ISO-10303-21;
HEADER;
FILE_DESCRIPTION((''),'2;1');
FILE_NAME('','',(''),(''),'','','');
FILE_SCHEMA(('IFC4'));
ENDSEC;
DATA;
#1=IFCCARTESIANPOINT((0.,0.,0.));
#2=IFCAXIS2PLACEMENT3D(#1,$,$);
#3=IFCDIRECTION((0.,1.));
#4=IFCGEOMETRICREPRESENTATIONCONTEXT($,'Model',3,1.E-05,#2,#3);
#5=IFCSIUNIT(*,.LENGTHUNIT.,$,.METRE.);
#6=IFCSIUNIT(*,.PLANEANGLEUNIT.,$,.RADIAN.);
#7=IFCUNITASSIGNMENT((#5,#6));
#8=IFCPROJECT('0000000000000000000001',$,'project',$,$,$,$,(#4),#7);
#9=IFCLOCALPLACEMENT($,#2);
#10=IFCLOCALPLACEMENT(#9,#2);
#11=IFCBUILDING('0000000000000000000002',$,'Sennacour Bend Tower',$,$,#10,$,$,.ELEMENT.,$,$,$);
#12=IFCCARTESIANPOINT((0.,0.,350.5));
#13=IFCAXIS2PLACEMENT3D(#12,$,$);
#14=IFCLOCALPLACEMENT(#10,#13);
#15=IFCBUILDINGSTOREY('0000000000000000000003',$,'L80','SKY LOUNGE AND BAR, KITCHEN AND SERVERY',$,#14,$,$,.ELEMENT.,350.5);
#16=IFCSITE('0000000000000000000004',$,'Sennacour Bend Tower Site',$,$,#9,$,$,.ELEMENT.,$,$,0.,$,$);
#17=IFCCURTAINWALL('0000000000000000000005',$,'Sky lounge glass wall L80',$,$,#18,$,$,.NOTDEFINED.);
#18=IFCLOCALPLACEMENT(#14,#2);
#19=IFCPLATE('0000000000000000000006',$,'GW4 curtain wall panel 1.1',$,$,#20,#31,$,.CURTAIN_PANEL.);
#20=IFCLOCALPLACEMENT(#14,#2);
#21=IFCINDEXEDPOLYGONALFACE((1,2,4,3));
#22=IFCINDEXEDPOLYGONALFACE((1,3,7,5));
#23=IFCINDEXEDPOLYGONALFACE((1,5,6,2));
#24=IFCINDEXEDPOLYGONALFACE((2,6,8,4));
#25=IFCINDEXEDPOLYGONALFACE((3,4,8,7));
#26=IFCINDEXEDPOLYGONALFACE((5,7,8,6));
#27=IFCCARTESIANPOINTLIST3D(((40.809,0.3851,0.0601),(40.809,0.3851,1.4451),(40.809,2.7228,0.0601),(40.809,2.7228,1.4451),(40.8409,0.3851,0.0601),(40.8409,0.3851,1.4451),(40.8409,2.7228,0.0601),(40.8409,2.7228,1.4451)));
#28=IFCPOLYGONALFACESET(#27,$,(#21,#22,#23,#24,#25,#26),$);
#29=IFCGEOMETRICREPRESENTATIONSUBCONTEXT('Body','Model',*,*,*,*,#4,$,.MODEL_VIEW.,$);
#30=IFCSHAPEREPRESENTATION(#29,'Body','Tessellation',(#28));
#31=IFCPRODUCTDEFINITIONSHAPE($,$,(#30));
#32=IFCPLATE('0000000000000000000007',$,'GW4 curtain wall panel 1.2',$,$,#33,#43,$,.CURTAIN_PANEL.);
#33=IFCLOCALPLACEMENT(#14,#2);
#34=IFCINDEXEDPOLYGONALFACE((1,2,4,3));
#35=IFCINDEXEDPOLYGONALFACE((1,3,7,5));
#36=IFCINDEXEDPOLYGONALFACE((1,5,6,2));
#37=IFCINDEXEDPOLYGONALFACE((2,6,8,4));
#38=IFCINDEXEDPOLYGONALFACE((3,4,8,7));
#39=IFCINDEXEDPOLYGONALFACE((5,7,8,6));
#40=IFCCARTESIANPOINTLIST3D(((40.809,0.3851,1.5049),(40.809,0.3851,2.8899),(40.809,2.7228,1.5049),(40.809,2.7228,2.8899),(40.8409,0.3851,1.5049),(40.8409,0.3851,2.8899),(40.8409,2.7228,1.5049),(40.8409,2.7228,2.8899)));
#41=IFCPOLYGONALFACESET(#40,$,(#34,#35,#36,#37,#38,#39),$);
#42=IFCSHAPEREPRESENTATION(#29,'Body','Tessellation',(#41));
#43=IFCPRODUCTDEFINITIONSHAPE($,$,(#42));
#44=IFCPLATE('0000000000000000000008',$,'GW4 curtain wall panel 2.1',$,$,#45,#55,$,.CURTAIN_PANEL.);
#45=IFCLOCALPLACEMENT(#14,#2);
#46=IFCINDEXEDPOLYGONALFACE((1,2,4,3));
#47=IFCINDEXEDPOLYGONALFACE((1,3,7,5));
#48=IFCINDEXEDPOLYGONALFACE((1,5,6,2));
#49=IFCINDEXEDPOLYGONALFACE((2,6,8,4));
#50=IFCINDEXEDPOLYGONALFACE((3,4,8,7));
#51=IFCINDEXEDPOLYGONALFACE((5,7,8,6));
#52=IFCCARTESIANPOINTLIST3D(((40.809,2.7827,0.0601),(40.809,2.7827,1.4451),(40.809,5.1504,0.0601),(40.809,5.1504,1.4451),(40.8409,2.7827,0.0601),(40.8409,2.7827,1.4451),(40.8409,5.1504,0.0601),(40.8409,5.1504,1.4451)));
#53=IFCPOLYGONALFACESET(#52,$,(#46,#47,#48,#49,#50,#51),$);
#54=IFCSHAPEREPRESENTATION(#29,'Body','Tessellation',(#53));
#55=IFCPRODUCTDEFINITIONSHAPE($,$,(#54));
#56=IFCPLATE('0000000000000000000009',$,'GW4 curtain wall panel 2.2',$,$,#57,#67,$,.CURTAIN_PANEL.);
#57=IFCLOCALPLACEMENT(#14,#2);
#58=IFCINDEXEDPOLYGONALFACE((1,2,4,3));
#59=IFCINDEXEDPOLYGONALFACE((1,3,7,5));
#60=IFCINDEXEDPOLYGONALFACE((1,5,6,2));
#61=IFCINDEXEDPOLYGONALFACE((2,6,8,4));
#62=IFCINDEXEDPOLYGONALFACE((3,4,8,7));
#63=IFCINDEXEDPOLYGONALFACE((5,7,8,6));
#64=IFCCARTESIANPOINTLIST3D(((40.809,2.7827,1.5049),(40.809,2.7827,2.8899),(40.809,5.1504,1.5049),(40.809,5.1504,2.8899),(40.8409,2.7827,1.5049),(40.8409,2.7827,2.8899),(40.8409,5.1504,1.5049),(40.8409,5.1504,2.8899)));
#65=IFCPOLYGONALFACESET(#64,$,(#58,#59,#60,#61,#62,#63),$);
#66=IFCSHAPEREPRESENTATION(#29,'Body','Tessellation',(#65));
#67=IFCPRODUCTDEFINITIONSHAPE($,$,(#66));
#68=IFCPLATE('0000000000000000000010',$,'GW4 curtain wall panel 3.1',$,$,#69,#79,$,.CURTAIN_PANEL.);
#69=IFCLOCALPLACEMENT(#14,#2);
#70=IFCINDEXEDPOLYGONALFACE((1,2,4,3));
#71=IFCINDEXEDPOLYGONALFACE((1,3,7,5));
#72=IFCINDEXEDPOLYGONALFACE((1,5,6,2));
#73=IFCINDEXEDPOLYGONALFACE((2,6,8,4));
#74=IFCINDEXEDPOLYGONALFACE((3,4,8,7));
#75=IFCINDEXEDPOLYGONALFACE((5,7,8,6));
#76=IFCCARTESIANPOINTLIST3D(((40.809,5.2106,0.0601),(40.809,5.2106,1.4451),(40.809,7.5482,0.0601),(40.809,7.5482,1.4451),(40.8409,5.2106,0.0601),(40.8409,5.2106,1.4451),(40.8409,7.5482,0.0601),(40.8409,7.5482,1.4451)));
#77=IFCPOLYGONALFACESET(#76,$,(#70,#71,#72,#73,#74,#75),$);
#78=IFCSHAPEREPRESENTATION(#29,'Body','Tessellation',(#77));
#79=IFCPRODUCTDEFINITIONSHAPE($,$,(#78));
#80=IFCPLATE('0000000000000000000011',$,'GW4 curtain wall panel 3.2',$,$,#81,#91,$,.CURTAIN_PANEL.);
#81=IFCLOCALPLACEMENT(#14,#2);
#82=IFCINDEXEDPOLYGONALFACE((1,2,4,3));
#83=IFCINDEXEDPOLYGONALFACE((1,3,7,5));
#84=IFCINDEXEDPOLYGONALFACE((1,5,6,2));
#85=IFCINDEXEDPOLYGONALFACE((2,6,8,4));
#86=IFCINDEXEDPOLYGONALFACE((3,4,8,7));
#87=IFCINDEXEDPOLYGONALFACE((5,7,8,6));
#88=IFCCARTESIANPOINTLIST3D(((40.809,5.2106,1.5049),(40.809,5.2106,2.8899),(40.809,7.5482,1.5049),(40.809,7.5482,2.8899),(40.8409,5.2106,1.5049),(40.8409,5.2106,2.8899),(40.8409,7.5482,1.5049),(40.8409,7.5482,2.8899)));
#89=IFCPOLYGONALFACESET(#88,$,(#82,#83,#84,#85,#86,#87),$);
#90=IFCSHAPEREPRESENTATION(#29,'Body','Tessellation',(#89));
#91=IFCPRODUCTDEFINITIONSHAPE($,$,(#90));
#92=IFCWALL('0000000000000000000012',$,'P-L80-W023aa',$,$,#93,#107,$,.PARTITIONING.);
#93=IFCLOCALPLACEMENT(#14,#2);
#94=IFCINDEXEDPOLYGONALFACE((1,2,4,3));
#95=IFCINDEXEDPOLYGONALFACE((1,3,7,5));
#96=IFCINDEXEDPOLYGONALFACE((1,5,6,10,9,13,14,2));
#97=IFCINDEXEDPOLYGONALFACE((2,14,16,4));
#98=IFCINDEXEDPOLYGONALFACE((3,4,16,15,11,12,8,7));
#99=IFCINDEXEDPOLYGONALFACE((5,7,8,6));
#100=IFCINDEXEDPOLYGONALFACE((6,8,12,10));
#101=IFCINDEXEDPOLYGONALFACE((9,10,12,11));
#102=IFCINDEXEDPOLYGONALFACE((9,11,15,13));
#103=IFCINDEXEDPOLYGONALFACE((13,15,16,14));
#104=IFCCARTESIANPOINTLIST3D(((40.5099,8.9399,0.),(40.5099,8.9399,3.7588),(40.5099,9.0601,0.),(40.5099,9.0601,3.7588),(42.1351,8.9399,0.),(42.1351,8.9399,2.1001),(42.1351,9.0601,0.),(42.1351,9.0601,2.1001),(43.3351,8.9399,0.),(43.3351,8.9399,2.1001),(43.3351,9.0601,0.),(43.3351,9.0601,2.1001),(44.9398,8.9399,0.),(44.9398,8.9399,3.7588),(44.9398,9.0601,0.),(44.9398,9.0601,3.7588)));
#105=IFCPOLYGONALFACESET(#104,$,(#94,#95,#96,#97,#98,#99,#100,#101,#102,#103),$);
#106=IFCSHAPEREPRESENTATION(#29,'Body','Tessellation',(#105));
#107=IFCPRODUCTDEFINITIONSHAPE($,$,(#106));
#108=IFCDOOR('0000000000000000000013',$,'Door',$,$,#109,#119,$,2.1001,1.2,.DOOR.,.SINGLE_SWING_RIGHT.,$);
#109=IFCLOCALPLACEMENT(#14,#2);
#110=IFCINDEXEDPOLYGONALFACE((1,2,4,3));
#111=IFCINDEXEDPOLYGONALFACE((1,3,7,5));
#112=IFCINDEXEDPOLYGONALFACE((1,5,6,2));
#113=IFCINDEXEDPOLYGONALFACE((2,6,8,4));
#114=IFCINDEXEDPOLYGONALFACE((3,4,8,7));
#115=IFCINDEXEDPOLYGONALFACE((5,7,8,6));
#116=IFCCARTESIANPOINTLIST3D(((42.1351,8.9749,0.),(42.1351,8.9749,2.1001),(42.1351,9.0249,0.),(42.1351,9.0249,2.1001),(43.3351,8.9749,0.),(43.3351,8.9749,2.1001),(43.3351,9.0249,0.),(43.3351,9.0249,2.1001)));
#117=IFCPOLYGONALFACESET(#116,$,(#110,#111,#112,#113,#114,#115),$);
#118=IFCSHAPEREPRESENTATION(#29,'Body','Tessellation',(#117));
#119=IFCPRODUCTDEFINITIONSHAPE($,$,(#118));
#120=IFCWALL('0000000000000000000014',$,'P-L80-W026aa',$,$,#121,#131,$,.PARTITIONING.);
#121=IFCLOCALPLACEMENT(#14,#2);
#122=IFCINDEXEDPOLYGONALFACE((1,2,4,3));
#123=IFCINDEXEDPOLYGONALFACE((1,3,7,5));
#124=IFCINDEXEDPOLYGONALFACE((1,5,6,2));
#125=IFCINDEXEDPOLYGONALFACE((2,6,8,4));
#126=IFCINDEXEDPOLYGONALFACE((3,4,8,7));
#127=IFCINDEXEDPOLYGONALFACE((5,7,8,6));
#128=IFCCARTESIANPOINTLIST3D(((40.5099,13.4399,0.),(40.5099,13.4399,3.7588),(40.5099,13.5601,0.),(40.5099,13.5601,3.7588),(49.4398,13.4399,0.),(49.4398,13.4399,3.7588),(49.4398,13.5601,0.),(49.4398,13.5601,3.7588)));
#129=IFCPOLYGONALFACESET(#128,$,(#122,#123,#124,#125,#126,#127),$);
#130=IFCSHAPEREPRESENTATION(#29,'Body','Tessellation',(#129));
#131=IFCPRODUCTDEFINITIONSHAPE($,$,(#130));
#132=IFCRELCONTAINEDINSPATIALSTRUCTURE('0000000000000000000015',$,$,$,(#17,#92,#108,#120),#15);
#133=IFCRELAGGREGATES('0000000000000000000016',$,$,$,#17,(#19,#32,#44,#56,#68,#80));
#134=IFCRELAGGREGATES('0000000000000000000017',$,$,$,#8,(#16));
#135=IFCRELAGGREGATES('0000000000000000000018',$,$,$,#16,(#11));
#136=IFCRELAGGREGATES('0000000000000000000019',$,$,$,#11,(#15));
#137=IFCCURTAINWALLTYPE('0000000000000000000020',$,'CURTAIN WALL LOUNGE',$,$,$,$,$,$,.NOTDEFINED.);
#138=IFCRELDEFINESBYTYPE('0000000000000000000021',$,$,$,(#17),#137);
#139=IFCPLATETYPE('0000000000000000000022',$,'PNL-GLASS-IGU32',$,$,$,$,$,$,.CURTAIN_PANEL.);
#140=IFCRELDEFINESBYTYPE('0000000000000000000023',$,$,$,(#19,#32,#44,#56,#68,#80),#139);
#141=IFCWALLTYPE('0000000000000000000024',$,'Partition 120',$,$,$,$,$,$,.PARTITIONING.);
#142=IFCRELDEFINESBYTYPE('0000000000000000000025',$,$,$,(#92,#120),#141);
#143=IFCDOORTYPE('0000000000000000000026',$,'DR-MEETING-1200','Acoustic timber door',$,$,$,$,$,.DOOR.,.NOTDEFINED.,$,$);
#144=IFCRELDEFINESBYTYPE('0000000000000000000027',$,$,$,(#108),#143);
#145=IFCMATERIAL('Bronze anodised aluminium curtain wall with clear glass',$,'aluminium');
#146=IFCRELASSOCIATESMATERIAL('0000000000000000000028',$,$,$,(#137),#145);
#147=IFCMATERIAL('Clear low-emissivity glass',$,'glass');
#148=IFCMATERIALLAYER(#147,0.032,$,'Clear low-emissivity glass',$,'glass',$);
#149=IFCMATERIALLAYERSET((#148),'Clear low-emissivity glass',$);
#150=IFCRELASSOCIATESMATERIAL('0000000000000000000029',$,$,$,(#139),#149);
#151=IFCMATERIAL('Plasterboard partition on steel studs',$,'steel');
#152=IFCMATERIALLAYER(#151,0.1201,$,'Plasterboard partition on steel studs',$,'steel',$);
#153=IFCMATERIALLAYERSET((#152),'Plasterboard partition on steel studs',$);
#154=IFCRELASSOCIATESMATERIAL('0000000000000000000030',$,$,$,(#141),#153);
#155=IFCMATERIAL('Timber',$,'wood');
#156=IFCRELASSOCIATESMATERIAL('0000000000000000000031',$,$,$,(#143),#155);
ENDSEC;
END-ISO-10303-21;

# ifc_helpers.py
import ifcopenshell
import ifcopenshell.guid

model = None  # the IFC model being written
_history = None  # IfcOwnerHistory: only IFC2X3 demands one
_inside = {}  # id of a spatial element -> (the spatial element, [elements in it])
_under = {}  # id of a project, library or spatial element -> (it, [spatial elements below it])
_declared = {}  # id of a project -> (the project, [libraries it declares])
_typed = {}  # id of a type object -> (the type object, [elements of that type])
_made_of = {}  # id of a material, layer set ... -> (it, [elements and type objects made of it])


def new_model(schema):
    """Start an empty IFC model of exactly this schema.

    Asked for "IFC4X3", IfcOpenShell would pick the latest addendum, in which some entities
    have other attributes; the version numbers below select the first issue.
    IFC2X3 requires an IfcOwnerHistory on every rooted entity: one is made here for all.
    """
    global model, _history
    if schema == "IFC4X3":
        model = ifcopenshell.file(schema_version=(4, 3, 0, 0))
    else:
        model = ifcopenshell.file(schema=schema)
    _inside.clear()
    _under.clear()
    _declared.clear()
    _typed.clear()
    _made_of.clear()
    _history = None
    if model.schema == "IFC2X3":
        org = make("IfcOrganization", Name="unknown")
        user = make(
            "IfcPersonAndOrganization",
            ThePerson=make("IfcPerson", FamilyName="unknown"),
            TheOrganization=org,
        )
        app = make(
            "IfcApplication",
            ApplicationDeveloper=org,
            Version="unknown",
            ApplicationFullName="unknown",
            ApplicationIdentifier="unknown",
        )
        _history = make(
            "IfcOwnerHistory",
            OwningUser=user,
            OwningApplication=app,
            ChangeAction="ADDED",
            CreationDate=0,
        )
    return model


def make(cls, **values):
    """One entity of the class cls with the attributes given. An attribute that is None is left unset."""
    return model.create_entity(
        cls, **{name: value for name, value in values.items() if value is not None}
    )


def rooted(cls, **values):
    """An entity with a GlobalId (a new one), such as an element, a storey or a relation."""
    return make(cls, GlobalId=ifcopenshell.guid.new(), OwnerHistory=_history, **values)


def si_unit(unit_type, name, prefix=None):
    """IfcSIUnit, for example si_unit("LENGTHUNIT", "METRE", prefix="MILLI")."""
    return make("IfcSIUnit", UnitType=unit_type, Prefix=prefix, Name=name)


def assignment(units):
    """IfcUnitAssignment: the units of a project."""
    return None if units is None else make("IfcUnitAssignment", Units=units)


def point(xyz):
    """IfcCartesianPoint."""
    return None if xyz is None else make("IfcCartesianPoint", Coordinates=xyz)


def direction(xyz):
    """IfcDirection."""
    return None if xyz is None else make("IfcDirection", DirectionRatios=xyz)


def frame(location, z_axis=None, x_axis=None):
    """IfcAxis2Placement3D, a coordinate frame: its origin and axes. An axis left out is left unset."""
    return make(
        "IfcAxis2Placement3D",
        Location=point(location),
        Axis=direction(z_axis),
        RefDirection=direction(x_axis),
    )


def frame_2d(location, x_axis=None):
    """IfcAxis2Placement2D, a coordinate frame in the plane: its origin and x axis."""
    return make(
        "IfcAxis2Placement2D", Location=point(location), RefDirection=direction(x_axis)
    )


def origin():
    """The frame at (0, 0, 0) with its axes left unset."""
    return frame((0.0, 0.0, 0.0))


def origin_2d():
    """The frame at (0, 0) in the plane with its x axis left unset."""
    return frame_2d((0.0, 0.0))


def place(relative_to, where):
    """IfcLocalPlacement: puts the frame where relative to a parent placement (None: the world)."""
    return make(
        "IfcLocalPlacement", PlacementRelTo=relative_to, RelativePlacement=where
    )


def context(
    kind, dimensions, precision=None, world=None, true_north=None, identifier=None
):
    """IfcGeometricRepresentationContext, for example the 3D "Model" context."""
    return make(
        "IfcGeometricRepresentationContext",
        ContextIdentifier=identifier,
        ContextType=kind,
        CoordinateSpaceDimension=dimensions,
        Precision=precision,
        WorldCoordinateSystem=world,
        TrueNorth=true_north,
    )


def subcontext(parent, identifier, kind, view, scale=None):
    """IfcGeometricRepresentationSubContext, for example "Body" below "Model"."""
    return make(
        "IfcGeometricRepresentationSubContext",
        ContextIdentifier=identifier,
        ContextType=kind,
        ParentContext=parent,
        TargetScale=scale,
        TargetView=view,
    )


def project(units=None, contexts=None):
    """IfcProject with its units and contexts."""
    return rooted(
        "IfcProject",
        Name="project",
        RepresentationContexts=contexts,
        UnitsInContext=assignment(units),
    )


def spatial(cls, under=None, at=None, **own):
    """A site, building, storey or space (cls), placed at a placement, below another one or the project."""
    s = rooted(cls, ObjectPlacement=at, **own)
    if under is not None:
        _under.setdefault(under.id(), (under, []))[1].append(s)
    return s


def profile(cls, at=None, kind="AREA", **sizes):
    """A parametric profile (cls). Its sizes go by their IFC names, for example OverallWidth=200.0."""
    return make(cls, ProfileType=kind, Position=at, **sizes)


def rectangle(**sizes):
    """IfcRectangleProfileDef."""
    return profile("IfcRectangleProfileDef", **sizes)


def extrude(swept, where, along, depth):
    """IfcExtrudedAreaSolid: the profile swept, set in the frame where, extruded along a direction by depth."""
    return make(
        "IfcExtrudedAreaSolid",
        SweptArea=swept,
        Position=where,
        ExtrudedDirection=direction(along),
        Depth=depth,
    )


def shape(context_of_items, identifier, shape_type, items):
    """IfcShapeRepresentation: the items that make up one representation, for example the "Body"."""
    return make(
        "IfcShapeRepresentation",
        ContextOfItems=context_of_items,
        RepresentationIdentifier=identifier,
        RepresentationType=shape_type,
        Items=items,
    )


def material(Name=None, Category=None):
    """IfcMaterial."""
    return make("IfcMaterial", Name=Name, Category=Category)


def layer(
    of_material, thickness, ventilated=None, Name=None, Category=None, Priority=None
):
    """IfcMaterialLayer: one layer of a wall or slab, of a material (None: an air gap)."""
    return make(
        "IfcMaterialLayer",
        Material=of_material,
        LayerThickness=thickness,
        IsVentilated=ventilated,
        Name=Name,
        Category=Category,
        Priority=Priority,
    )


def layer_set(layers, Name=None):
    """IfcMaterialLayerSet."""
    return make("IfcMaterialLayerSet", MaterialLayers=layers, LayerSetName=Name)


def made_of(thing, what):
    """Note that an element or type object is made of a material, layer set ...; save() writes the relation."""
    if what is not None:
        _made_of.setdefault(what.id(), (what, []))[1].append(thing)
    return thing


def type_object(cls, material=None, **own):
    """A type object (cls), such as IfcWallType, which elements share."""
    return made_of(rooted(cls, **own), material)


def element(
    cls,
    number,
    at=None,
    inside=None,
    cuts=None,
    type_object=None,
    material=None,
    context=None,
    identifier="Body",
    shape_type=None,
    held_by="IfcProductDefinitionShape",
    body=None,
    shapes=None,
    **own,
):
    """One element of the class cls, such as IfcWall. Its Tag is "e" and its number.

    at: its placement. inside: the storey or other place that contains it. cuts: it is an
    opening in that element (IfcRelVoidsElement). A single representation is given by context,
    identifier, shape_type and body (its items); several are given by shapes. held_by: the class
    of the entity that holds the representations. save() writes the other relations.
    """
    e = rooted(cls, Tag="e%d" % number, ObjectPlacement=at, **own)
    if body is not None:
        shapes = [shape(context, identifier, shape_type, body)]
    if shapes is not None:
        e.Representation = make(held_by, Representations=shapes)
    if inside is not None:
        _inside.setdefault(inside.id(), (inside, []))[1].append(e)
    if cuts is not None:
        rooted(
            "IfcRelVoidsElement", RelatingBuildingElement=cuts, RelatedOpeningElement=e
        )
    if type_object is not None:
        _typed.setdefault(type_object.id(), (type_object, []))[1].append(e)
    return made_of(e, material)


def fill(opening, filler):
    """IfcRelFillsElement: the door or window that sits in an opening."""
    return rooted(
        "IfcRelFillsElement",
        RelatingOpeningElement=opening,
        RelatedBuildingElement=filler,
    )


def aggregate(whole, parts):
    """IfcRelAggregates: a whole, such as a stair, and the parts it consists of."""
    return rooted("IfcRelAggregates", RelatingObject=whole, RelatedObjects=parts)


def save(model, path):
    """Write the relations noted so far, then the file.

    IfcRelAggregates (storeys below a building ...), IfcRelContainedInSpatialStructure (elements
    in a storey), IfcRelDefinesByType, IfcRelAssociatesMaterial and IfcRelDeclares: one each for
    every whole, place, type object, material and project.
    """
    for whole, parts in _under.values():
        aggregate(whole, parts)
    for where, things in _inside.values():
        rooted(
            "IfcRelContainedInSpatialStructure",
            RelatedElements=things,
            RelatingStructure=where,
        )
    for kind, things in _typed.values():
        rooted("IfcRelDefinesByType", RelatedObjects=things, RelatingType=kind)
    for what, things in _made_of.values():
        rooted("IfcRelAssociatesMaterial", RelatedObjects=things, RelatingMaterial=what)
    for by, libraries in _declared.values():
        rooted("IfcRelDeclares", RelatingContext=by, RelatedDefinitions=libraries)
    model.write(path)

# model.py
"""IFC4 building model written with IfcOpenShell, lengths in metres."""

from ifc_helpers import new_model, si_unit, direction, frame, frame_2d, origin, origin_2d, place, context, subcontext, project, spatial, rectangle, extrude, material, layer, layer_set, type_object, element, fill, aggregate, save


model = new_model("IFC4")

# Units and contexts
model_context = context("Model", 3, precision=1e-05, world=origin(), true_north=direction((0.0, 1.0)))
body_context = subcontext(model_context, "Body", "Model", "MODEL_VIEW")
ifc_project = project(units=[si_unit("LENGTHUNIT", "METRE"), si_unit("PLANEANGLEUNIT", "RADIAN")], contexts=[model_context])

# Site, building, storey
site_placement = place(None, origin())
site = spatial("IfcSite", under=ifc_project, at=site_placement, Name="Sennacour Bend Tower Site", CompositionType="ELEMENT", RefElevation=0.0)
building_placement = place(site_placement, origin())
building = spatial("IfcBuilding", under=site, at=building_placement, Name="Sennacour Bend Tower", CompositionType="ELEMENT")
storey_placement = place(building_placement, frame((0.0, 0.0, 350.5)))
storey = spatial("IfcBuildingStorey", under=building, at=storey_placement, Name="L80", Description="SKY LOUNGE AND BAR, KITCHEN AND SERVERY", CompositionType="ELEMENT", Elevation=350.5)

# Curtain wall
ifc_material_1 = material(Name="Bronze anodised aluminium curtain wall with clear glass", Category="aluminium")
curtain_wall_type = type_object("IfcCurtainWallType", Name="CURTAIN WALL LOUNGE", PredefinedType="NOTDEFINED", material=ifc_material_1)
curtain_wall_1_placement = place(storey_placement, origin())
curtain_wall_1 = element("IfcCurtainWall", 1, at=curtain_wall_1_placement, inside=storey, type_object=curtain_wall_type, Name="Sky lounge glass wall L80", PredefinedType="NOTDEFINED")

# Plates
ifc_material_2 = material(Name="Clear low-emissivity glass", Category="glass")
ifc_layer_1 = layer(ifc_material_2, 0.032, Name="Clear low-emissivity glass", Category="glass")
ifc_layer_set_1 = layer_set([ifc_layer_1], Name="Clear low-emissivity glass")
plate_type = type_object("IfcPlateType", Name="PNL-GLASS-IGU32", PredefinedType="CURTAIN_PANEL", material=ifc_layer_set_1)
plate_1_placement = place(storey_placement, frame((40.825, 1.554, 0.0601), z_axis=(0.0, 0.0, 1.0), x_axis=(0.0, 1.0, 0.0)))
plate_1 = element("IfcPlate", 2, at=plate_1_placement, type_object=plate_type, Name="GW4 curtain wall panel 1.1", PredefinedType="CURTAIN_PANEL", context=body_context, shape_type="SweptSolid", body=[
    extrude(rectangle(XDim=2.3376, YDim=0.032, at=origin_2d()), origin(), (0.0, 0.0, 1.0), 1.385),
])
plate_2_placement = place(storey_placement, frame((40.825, 1.554, 1.5049), z_axis=(0.0, 0.0, 1.0), x_axis=(0.0, 1.0, 0.0)))
plate_2 = element("IfcPlate", 3, at=plate_2_placement, type_object=plate_type, Name="GW4 curtain wall panel 1.2", PredefinedType="CURTAIN_PANEL", context=body_context, shape_type="SweptSolid", body=[
    extrude(rectangle(XDim=2.3376, YDim=0.032, at=origin_2d()), origin(), (0.0, 0.0, 1.0), 1.385),
])
plate_3_placement = place(storey_placement, frame((40.825, 3.9666, 0.0601), z_axis=(0.0, 0.0, 1.0), x_axis=(0.0, 1.0, 0.0)))
plate_3 = element("IfcPlate", 4, at=plate_3_placement, type_object=plate_type, Name="GW4 curtain wall panel 2.1", PredefinedType="CURTAIN_PANEL", context=body_context, shape_type="SweptSolid", body=[
    extrude(rectangle(XDim=2.3677, YDim=0.032, at=origin_2d()), origin(), (0.0, 0.0, 1.0), 1.385),
])
plate_4_placement = place(storey_placement, frame((40.825, 3.9666, 1.5049), z_axis=(0.0, 0.0, 1.0), x_axis=(0.0, 1.0, 0.0)))
plate_4 = element("IfcPlate", 5, at=plate_4_placement, type_object=plate_type, Name="GW4 curtain wall panel 2.2", PredefinedType="CURTAIN_PANEL", context=body_context, shape_type="SweptSolid", body=[
    extrude(rectangle(XDim=2.3677, YDim=0.032, at=origin_2d()), origin(), (0.0, 0.0, 1.0), 1.385),
])
plate_5_placement = place(storey_placement, frame((40.825, 6.3794, 0.0601), z_axis=(0.0, 0.0, 1.0), x_axis=(0.0, 1.0, 0.0)))
plate_5 = element("IfcPlate", 6, at=plate_5_placement, type_object=plate_type, Name="GW4 curtain wall panel 3.1", PredefinedType="CURTAIN_PANEL", context=body_context, shape_type="SweptSolid", body=[
    extrude(rectangle(XDim=2.3376, YDim=0.032, at=origin_2d()), origin(), (0.0, 0.0, 1.0), 1.385),
])
plate_6_placement = place(storey_placement, frame((40.825, 6.3794, 1.5049), z_axis=(0.0, 0.0, 1.0), x_axis=(0.0, 1.0, 0.0)))
plate_6 = element("IfcPlate", 7, at=plate_6_placement, type_object=plate_type, Name="GW4 curtain wall panel 3.2", PredefinedType="CURTAIN_PANEL", context=body_context, shape_type="SweptSolid", body=[
    extrude(rectangle(XDim=2.3376, YDim=0.032, at=origin_2d()), origin(), (0.0, 0.0, 1.0), 1.385),
])
aggregate(curtain_wall_1, [plate_1, plate_2, plate_3, plate_4, plate_5, plate_6])

# Wall, opening, door
ifc_material_3 = material(Name="Plasterboard partition on steel studs", Category="steel")
ifc_layer_2 = layer(ifc_material_3, 0.1201, Name="Plasterboard partition on steel studs", Category="steel")
ifc_layer_set_2 = layer_set([ifc_layer_2], Name="Plasterboard partition on steel studs")
wall_type = type_object("IfcWallType", Name="Partition 120", PredefinedType="PARTITIONING", material=ifc_layer_set_2)
wall_1_placement = place(storey_placement, frame((40.51, 9.0, 0.0), z_axis=(0.0, 0.0, 1.0), x_axis=(1.0, 0.0, 0.0)))
wall_1 = element("IfcWall", 8, at=wall_1_placement, inside=storey, type_object=wall_type, Name="P-L80-W023aa", PredefinedType="PARTITIONING", context=body_context, shape_type="SweptSolid", body=[
    extrude(rectangle(XDim=4.4299, YDim=0.1201, at=frame_2d((2.2148, 0.0))), origin(), (0.0, 0.0, 1.0), 3.7588),
])
opening_placement = place(wall_1_placement, frame((1.625, 0.0, 0.0)))
opening = element("IfcOpeningElement", 9, at=opening_placement, cuts=wall_1, PredefinedType="OPENING", context=body_context, shape_type="SweptSolid", body=[
    extrude(rectangle(XDim=1.2, YDim=2.1001, at=frame_2d((0.6001, 1.05))), frame((0.0, 0.0701, 0.0), z_axis=(0.0, -1.0, 0.0), x_axis=(1.0, 0.0, 0.0)), (0.0, 0.0, 1.0), 0.1401),
])
ifc_material_4 = material(Name="Timber", Category="wood")
door_type = type_object("IfcDoorType", Name="DR-MEETING-1200", Description="Acoustic timber door", OperationType="NOTDEFINED", PredefinedType="DOOR", material=ifc_material_4)
door_placement = place(opening_placement, origin())
door = element("IfcDoor", 10, at=door_placement, inside=storey, type_object=door_type, Name="Door", OperationType="SINGLE_SWING_RIGHT", OverallHeight=2.1001, OverallWidth=1.2, PredefinedType="DOOR", context=body_context, shape_type="SweptSolid", body=[
    extrude(rectangle(XDim=1.2, YDim=2.1001, at=frame_2d((0.6001, 1.05))), frame((0.0, 0.0249, 0.0), z_axis=(0.0, -1.0, 0.0), x_axis=(1.0, 0.0, 0.0)), (0.0, 0.0, 1.0), 0.05),
])
fill(opening, door)

# Wall
wall_2_placement = place(storey_placement, frame((40.51, 13.5, 0.0), z_axis=(0.0, 0.0, 1.0), x_axis=(1.0, 0.0, 0.0)))
element("IfcWall", 11, at=wall_2_placement, inside=storey, type_object=wall_type, Name="P-L80-W026aa", PredefinedType="PARTITIONING", context=body_context, shape_type="SweptSolid", body=[
    extrude(rectangle(XDim=8.9299, YDim=0.1201, at=frame_2d((4.4648, 0.0))), origin(), (0.0, 0.0, 1.0), 3.7588),
])

save(model, "model.ifc")
